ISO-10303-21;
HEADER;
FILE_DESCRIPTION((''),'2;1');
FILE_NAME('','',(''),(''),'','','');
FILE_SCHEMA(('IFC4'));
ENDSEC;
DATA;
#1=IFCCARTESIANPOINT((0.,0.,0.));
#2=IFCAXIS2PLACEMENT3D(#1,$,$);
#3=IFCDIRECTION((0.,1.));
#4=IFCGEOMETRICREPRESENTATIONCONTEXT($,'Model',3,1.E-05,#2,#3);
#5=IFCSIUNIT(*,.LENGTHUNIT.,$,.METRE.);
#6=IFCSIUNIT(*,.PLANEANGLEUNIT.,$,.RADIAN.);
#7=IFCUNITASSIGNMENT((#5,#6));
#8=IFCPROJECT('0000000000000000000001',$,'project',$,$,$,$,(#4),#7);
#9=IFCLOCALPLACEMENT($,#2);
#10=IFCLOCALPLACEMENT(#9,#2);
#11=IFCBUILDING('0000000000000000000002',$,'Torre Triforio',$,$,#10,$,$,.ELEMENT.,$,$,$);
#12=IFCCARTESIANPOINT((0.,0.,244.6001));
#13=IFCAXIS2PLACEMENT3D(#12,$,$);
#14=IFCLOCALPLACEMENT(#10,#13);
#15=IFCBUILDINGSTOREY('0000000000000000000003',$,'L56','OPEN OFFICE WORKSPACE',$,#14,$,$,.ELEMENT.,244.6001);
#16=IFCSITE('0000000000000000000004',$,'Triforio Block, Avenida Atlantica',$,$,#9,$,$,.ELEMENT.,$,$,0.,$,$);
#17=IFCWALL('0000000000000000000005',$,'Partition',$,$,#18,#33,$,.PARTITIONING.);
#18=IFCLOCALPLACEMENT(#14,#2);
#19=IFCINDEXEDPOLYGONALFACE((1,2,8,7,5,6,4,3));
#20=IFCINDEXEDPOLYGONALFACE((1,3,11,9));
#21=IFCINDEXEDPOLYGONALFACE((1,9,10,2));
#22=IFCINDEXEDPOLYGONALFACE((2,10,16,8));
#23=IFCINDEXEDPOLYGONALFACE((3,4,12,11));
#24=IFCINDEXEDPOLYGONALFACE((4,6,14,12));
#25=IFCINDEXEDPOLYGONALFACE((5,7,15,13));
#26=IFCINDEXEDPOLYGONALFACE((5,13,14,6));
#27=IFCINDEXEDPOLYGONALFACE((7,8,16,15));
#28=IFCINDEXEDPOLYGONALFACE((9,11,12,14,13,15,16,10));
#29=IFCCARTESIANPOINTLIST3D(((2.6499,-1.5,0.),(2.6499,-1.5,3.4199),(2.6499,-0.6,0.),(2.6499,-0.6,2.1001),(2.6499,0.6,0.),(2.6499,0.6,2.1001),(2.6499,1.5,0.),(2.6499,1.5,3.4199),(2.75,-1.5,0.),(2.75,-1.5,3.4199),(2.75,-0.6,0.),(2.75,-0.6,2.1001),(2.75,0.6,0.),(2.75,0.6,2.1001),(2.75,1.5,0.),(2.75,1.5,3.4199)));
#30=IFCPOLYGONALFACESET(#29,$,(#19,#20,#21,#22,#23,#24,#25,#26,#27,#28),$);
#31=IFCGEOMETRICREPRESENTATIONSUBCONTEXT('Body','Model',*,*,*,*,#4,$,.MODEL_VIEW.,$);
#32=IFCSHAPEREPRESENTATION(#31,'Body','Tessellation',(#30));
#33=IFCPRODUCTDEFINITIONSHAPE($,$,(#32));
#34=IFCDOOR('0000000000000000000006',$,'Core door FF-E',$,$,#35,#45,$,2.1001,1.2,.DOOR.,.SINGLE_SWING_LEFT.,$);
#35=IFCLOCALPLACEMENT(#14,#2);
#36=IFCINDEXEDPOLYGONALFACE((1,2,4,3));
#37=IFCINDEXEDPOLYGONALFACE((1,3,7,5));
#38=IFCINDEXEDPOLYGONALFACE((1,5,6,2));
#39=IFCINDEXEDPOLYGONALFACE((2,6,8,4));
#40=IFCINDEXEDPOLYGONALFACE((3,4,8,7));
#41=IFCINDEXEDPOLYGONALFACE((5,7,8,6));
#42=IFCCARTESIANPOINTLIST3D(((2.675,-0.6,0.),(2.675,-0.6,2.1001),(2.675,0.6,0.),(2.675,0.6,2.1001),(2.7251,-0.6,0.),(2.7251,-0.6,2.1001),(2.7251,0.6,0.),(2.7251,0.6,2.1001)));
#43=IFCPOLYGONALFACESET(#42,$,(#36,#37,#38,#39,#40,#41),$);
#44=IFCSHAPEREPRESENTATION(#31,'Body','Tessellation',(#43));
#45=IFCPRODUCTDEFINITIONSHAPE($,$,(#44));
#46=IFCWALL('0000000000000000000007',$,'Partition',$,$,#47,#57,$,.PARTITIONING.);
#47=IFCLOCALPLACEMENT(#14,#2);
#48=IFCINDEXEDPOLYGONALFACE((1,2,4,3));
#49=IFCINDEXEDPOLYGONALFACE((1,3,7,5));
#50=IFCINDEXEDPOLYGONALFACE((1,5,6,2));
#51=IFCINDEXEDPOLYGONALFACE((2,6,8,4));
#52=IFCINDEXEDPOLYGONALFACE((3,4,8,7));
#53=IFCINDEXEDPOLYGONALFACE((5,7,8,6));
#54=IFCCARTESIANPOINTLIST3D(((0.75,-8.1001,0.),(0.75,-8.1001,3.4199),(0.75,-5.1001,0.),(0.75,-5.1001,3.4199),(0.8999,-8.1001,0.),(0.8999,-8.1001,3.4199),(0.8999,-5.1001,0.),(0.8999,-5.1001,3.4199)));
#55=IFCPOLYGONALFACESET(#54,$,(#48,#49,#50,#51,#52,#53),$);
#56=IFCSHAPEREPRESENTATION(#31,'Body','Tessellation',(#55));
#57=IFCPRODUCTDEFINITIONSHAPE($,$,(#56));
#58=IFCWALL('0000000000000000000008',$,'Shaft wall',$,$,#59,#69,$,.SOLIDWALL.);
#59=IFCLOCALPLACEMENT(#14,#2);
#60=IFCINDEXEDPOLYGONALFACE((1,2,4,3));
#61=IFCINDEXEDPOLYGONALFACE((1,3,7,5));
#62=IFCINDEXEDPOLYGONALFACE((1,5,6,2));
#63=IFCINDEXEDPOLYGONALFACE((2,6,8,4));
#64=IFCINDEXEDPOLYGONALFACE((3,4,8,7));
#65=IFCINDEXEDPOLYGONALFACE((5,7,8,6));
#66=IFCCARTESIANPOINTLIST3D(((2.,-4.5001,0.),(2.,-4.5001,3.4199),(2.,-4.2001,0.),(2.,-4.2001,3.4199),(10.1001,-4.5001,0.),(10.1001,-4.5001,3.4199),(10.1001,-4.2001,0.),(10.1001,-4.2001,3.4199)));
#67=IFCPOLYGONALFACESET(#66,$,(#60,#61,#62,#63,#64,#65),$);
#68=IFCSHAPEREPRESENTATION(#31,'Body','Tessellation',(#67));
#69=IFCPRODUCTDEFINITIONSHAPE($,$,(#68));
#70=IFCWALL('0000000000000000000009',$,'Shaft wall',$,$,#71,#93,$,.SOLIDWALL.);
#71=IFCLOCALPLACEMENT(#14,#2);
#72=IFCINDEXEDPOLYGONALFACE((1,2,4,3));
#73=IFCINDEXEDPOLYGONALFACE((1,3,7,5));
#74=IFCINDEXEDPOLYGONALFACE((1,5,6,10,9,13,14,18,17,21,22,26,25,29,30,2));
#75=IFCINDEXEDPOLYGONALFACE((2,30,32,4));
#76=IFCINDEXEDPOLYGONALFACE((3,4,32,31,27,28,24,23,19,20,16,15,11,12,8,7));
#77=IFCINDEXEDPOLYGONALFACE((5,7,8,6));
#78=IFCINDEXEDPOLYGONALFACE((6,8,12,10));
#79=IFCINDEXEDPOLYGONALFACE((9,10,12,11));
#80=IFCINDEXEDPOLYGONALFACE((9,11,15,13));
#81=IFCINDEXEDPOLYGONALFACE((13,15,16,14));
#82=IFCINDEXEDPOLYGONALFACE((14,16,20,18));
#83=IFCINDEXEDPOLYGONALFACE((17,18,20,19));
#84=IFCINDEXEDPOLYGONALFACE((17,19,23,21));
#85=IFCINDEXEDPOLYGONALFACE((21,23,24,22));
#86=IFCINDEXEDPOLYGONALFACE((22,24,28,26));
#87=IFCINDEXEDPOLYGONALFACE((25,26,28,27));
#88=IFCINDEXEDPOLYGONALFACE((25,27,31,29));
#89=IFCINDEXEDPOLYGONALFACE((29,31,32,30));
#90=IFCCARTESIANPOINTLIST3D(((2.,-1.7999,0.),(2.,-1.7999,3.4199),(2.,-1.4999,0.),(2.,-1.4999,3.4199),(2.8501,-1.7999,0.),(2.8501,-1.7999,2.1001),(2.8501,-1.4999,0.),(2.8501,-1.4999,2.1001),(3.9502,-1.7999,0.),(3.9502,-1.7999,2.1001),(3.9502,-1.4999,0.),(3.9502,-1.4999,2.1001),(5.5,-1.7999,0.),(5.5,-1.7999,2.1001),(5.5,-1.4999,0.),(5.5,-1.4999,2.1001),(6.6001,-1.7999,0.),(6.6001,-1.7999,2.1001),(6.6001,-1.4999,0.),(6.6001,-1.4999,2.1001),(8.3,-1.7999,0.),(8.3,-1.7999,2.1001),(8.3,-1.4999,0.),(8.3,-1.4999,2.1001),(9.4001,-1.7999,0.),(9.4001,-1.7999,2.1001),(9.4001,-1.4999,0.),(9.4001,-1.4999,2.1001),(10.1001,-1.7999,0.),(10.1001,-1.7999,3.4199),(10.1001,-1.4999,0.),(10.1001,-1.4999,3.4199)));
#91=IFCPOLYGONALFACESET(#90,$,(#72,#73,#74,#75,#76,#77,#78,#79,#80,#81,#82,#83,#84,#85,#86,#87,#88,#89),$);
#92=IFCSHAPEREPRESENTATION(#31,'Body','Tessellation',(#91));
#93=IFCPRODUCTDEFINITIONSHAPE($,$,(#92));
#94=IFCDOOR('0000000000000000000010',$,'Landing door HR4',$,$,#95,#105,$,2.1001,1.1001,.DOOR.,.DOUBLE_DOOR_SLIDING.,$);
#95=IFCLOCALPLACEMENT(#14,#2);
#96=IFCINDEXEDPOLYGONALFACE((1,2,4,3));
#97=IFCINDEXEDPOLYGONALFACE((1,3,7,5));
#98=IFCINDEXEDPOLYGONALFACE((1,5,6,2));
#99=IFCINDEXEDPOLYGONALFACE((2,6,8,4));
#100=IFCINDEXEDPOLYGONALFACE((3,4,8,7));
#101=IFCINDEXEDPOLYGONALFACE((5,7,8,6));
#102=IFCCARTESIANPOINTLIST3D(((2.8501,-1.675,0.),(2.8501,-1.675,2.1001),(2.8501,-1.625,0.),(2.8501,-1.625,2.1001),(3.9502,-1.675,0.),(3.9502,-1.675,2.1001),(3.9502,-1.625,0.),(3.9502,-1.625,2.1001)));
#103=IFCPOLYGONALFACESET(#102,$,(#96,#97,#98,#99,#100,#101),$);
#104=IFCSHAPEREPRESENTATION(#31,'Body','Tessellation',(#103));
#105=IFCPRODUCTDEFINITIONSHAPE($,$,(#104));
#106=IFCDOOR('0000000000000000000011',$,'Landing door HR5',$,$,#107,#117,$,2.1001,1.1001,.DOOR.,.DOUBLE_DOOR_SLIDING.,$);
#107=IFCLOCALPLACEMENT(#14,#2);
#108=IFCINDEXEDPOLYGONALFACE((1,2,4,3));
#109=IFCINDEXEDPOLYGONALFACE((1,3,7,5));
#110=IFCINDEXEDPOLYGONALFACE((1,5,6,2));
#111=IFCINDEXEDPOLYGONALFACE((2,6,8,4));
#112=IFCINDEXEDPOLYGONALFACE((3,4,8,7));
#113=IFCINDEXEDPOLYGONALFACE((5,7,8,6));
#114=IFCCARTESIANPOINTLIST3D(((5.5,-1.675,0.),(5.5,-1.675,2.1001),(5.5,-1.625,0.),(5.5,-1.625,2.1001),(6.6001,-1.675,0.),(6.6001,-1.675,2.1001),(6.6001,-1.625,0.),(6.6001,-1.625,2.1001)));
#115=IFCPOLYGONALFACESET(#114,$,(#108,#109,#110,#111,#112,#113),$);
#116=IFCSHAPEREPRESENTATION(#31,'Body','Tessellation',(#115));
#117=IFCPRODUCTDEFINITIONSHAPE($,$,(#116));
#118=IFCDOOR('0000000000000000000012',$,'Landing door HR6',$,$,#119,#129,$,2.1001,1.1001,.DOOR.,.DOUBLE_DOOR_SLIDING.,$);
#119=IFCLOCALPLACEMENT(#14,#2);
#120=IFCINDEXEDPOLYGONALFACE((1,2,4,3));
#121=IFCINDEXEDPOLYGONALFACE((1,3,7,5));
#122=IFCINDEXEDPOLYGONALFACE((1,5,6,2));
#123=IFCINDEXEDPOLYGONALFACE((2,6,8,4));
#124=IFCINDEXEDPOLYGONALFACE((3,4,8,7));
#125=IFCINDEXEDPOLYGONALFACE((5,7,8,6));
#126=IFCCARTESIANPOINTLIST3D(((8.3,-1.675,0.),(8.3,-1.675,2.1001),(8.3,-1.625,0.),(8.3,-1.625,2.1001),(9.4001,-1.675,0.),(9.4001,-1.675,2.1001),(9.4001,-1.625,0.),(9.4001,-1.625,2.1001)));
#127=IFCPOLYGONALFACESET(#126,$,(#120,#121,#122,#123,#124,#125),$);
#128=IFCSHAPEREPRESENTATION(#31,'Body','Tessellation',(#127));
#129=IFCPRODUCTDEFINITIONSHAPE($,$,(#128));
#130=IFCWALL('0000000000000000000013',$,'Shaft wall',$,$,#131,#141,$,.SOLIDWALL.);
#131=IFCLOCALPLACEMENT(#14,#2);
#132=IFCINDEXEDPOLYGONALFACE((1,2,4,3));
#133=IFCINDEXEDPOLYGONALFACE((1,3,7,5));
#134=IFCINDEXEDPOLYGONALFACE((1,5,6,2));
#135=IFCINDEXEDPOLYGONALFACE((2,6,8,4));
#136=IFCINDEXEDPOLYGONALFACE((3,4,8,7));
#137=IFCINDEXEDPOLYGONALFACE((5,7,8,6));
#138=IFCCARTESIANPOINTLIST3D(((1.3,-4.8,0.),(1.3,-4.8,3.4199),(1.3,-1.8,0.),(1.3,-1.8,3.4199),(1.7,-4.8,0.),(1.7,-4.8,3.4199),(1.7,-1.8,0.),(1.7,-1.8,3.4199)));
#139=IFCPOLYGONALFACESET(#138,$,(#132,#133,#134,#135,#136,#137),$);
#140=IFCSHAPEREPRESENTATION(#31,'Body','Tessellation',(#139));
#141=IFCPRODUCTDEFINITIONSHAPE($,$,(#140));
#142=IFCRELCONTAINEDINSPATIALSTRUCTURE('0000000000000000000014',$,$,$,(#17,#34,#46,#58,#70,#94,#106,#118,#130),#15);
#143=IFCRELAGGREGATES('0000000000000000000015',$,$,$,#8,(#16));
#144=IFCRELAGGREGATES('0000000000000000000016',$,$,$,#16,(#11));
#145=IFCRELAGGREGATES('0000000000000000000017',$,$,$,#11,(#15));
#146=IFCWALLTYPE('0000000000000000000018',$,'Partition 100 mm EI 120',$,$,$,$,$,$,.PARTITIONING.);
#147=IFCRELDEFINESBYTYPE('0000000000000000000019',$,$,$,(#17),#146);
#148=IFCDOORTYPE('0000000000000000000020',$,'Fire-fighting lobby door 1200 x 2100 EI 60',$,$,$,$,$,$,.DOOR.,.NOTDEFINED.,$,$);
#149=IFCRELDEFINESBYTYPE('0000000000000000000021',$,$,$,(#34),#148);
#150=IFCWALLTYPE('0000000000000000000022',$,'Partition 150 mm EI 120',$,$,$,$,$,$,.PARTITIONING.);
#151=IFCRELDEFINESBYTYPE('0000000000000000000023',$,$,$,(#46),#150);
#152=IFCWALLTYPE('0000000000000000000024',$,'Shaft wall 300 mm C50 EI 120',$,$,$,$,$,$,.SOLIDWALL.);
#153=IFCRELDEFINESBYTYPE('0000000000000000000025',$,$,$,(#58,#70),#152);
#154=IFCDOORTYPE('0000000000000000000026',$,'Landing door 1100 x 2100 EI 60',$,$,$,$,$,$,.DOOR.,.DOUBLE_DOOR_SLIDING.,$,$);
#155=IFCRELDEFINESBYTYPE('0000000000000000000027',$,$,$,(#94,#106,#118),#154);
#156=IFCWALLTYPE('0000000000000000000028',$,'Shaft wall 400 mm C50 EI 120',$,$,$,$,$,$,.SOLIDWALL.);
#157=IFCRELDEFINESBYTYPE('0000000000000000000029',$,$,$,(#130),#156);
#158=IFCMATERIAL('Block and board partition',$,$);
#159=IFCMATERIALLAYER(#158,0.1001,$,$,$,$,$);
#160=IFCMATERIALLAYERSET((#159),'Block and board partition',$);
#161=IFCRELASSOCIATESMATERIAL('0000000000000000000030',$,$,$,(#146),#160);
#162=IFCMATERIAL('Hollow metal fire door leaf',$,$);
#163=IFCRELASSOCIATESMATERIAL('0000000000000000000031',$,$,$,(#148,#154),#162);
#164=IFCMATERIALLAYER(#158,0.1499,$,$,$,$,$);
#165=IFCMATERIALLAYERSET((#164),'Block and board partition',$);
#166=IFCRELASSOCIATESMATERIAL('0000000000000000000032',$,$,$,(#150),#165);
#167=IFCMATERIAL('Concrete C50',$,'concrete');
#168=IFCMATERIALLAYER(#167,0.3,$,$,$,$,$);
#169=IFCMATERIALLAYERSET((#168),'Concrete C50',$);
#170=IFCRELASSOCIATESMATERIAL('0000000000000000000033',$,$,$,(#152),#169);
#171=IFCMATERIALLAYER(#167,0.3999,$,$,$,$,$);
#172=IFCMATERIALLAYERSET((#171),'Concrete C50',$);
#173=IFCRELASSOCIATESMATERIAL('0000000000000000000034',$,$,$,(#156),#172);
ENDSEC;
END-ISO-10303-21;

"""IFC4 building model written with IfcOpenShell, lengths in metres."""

from ifc_helpers import new_model, si_unit, direction, frame, frame_2d, origin, place, context, subcontext, project, spatial, rectangle, extrude, material, layer, layer_set, type_object, element, fill, save


model = new_model("IFC4")

# Units and contexts
model_context = context("Model", 3, precision=1e-05, world=origin(), true_north=direction((0.0, 1.0)))
body_context = subcontext(model_context, "Body", "Model", "MODEL_VIEW")
ifc_project = project(units=[si_unit("LENGTHUNIT", "METRE"), si_unit("PLANEANGLEUNIT", "RADIAN")], contexts=[model_context])

# Site, building, storey
site_placement = place(None, origin())
site = spatial("IfcSite", under=ifc_project, at=site_placement, Name="Triforio Block, Avenida Atlantica", CompositionType="ELEMENT", RefElevation=0.0)
building_placement = place(site_placement, origin())
building = spatial("IfcBuilding", under=site, at=building_placement, Name="Torre Triforio", CompositionType="ELEMENT")
storey_placement = place(building_placement, frame((0.0, 0.0, 244.6001)))
storey = spatial("IfcBuildingStorey", under=building, at=storey_placement, Name="L56", Description="OPEN OFFICE WORKSPACE", CompositionType="ELEMENT", Elevation=244.6001)

# Shared definitions
ifc_material_1 = material(Name="Concrete C50", Category="concrete")

# Wall, opening, door
ifc_material_2 = material(Name="Block and board partition")
ifc_layer_1 = layer(ifc_material_2, 0.1001)
ifc_layer_set_1 = layer_set([ifc_layer_1], Name="Block and board partition")
wall_type_1 = type_object("IfcWallType", Name="Partition 100 mm EI 120", PredefinedType="PARTITIONING", material=ifc_layer_set_1)
wall_1_placement = place(storey_placement, frame((2.7, -1.5, 0.0), z_axis=(0.0, 0.0, 1.0), x_axis=(0.0, 1.0, 0.0)))
wall_1 = element("IfcWall", 1, at=wall_1_placement, inside=storey, type_object=wall_type_1, Name="Partition", PredefinedType="PARTITIONING", context=body_context, shape_type="SweptSolid", body=[
    extrude(rectangle(XDim=3.0, YDim=0.1001, at=frame_2d((1.5, 0.0))), origin(), (0.0, 0.0, 1.0), 3.4199),
])
opening_1_placement = place(wall_1_placement, frame((0.8999, 0.0, 0.0)))
opening_1 = element("IfcOpeningElement", 2, at=opening_1_placement, cuts=wall_1, PredefinedType="OPENING", context=body_context, shape_type="SweptSolid", body=[
    extrude(rectangle(XDim=1.2, YDim=2.1001, at=frame_2d((0.6001, 1.05))), frame((0.0, 0.0601, 0.0), z_axis=(0.0, -1.0, 0.0), x_axis=(1.0, 0.0, 0.0)), (0.0, 0.0, 1.0), 0.1201),
])
ifc_material_3 = material(Name="Hollow metal fire door leaf")
door_type_1 = type_object("IfcDoorType", Name="Fire-fighting lobby door 1200 x 2100 EI 60", OperationType="NOTDEFINED", PredefinedType="DOOR", material=ifc_material_3)
door_1_placement = place(opening_1_placement, origin())
door_1 = element("IfcDoor", 3, at=door_1_placement, inside=storey, type_object=door_type_1, Name="Core door FF-E", OperationType="SINGLE_SWING_LEFT", OverallHeight=2.1001, OverallWidth=1.2, PredefinedType="DOOR", context=body_context, shape_type="SweptSolid", body=[
    extrude(rectangle(XDim=1.2, YDim=2.1001, at=frame_2d((0.6001, 1.05))), frame((0.0, 0.0249, 0.0), z_axis=(0.0, -1.0, 0.0), x_axis=(1.0, 0.0, 0.0)), (0.0, 0.0, 1.0), 0.05),
])
fill(opening_1, door_1)

# Walls
ifc_layer_2 = layer(ifc_material_2, 0.1499)
ifc_layer_set_2 = layer_set([ifc_layer_2], Name="Block and board partition")
wall_type_2 = type_object("IfcWallType", Name="Partition 150 mm EI 120", PredefinedType="PARTITIONING", material=ifc_layer_set_2)
wall_2_placement = place(storey_placement, frame((0.825, -8.1001, 0.0), z_axis=(0.0, 0.0, 1.0), x_axis=(0.0, 1.0, 0.0)))
element("IfcWall", 4, at=wall_2_placement, inside=storey, type_object=wall_type_2, Name="Partition", PredefinedType="PARTITIONING", context=body_context, shape_type="SweptSolid", body=[
    extrude(rectangle(XDim=3.0, YDim=0.1499, at=frame_2d((1.5, 0.0))), origin(), (0.0, 0.0, 1.0), 3.4199),
])
ifc_layer_3 = layer(ifc_material_1, 0.3)
ifc_layer_set_3 = layer_set([ifc_layer_3], Name="Concrete C50")
wall_type_3 = type_object("IfcWallType", Name="Shaft wall 300 mm C50 EI 120", PredefinedType="SOLIDWALL", material=ifc_layer_set_3)
wall_3_placement = place(storey_placement, frame((2.0, -4.3501, 0.0), z_axis=(0.0, 0.0, 1.0), x_axis=(1.0, 0.0, 0.0)))
element("IfcWall", 5, at=wall_3_placement, inside=storey, type_object=wall_type_3, Name="Shaft wall", PredefinedType="SOLIDWALL", context=body_context, shape_type="SweptSolid", body=[
    extrude(rectangle(XDim=8.1001, YDim=0.3, at=frame_2d((4.05, 0.0))), origin(), (0.0, 0.0, 1.0), 3.4199),
])

# Wall, openings, doors
wall_4_placement = place(storey_placement, frame((2.0, -1.6499, 0.0), z_axis=(0.0, 0.0, 1.0), x_axis=(1.0, 0.0, 0.0)))
wall_4 = element("IfcWall", 6, at=wall_4_placement, inside=storey, type_object=wall_type_3, Name="Shaft wall", PredefinedType="SOLIDWALL", context=body_context, shape_type="SweptSolid", body=[
    extrude(rectangle(XDim=8.1001, YDim=0.3, at=frame_2d((4.05, 0.0))), origin(), (0.0, 0.0, 1.0), 3.4199),
])
opening_2_placement = place(wall_4_placement, frame((0.8501, 0.0, 0.0)))
opening_2 = element("IfcOpeningElement", 7, at=opening_2_placement, cuts=wall_4, PredefinedType="OPENING", context=body_context, shape_type="SweptSolid", body=[
    extrude(rectangle(XDim=1.1001, YDim=2.1001, at=frame_2d((0.55, 1.05))), frame((0.0, 0.1599, 0.0), z_axis=(0.0, -1.0, 0.0), x_axis=(1.0, 0.0, 0.0)), (0.0, 0.0, 1.0), 0.3201),
])
opening_3_placement = place(wall_4_placement, frame((3.5, 0.0, 0.0)))
opening_3 = element("IfcOpeningElement", 8, at=opening_3_placement, cuts=wall_4, PredefinedType="OPENING", context=body_context, shape_type="SweptSolid", body=[
    extrude(rectangle(XDim=1.1001, YDim=2.1001, at=frame_2d((0.55, 1.05))), frame((0.0, 0.1599, 0.0), z_axis=(0.0, -1.0, 0.0), x_axis=(1.0, 0.0, 0.0)), (0.0, 0.0, 1.0), 0.3201),
])
opening_4_placement = place(wall_4_placement, frame((6.3, 0.0, 0.0)))
opening_4 = element("IfcOpeningElement", 9, at=opening_4_placement, cuts=wall_4, PredefinedType="OPENING", context=body_context, shape_type="SweptSolid", body=[
    extrude(rectangle(XDim=1.1001, YDim=2.1001, at=frame_2d((0.55, 1.05))), frame((0.0, 0.1599, 0.0), z_axis=(0.0, -1.0, 0.0), x_axis=(1.0, 0.0, 0.0)), (0.0, 0.0, 1.0), 0.3201),
])
door_type_2 = type_object("IfcDoorType", Name="Landing door 1100 x 2100 EI 60", OperationType="DOUBLE_DOOR_SLIDING", PredefinedType="DOOR", material=ifc_material_3)
door_2_placement = place(opening_2_placement, origin())
door_2 = element("IfcDoor", 10, at=door_2_placement, inside=storey, type_object=door_type_2, Name="Landing door HR4", OperationType="DOUBLE_DOOR_SLIDING", OverallHeight=2.1001, OverallWidth=1.1001, PredefinedType="DOOR", context=body_context, shape_type="SweptSolid", body=[
    extrude(rectangle(XDim=1.1001, YDim=2.1001, at=frame_2d((0.55, 1.05))), frame((0.0, 0.0249, 0.0), z_axis=(0.0, -1.0, 0.0), x_axis=(1.0, 0.0, 0.0)), (0.0, 0.0, 1.0), 0.05),
])
fill(opening_2, door_2)
door_3_placement = place(opening_3_placement, origin())
door_3 = element("IfcDoor", 11, at=door_3_placement, inside=storey, type_object=door_type_2, Name="Landing door HR5", OperationType="DOUBLE_DOOR_SLIDING", OverallHeight=2.1001, OverallWidth=1.1001, PredefinedType="DOOR", context=body_context, shape_type="SweptSolid", body=[
    extrude(rectangle(XDim=1.1001, YDim=2.1001, at=frame_2d((0.55, 1.05))), frame((0.0, 0.0249, 0.0), z_axis=(0.0, -1.0, 0.0), x_axis=(1.0, 0.0, 0.0)), (0.0, 0.0, 1.0), 0.05),
])
fill(opening_3, door_3)
door_4_placement = place(opening_4_placement, origin())
door_4 = element("IfcDoor", 12, at=door_4_placement, inside=storey, type_object=door_type_2, Name="Landing door HR6", OperationType="DOUBLE_DOOR_SLIDING", OverallHeight=2.1001, OverallWidth=1.1001, PredefinedType="DOOR", context=body_context, shape_type="SweptSolid", body=[
    extrude(rectangle(XDim=1.1001, YDim=2.1001, at=frame_2d((0.55, 1.05))), frame((0.0, 0.0249, 0.0), z_axis=(0.0, -1.0, 0.0), x_axis=(1.0, 0.0, 0.0)), (0.0, 0.0, 1.0), 0.05),
])
fill(opening_4, door_4)

# Wall
ifc_layer_4 = layer(ifc_material_1, 0.3999)
ifc_layer_set_4 = layer_set([ifc_layer_4], Name="Concrete C50")
wall_type_4 = type_object("IfcWallType", Name="Shaft wall 400 mm C50 EI 120", PredefinedType="SOLIDWALL", material=ifc_layer_set_4)
wall_5_placement = place(storey_placement, frame((1.5, -4.8, 0.0), z_axis=(0.0, 0.0, 1.0), x_axis=(0.0, 1.0, 0.0)))
element("IfcWall", 13, at=wall_5_placement, inside=storey, type_object=wall_type_4, Name="Shaft wall", PredefinedType="SOLIDWALL", context=body_context, shape_type="SweptSolid", body=[
    extrude(rectangle(XDim=3.0, YDim=0.3999, at=frame_2d((1.5, 0.0))), origin(), (0.0, 0.0, 1.0), 3.4199),
])

save(model, "model.ifc")
